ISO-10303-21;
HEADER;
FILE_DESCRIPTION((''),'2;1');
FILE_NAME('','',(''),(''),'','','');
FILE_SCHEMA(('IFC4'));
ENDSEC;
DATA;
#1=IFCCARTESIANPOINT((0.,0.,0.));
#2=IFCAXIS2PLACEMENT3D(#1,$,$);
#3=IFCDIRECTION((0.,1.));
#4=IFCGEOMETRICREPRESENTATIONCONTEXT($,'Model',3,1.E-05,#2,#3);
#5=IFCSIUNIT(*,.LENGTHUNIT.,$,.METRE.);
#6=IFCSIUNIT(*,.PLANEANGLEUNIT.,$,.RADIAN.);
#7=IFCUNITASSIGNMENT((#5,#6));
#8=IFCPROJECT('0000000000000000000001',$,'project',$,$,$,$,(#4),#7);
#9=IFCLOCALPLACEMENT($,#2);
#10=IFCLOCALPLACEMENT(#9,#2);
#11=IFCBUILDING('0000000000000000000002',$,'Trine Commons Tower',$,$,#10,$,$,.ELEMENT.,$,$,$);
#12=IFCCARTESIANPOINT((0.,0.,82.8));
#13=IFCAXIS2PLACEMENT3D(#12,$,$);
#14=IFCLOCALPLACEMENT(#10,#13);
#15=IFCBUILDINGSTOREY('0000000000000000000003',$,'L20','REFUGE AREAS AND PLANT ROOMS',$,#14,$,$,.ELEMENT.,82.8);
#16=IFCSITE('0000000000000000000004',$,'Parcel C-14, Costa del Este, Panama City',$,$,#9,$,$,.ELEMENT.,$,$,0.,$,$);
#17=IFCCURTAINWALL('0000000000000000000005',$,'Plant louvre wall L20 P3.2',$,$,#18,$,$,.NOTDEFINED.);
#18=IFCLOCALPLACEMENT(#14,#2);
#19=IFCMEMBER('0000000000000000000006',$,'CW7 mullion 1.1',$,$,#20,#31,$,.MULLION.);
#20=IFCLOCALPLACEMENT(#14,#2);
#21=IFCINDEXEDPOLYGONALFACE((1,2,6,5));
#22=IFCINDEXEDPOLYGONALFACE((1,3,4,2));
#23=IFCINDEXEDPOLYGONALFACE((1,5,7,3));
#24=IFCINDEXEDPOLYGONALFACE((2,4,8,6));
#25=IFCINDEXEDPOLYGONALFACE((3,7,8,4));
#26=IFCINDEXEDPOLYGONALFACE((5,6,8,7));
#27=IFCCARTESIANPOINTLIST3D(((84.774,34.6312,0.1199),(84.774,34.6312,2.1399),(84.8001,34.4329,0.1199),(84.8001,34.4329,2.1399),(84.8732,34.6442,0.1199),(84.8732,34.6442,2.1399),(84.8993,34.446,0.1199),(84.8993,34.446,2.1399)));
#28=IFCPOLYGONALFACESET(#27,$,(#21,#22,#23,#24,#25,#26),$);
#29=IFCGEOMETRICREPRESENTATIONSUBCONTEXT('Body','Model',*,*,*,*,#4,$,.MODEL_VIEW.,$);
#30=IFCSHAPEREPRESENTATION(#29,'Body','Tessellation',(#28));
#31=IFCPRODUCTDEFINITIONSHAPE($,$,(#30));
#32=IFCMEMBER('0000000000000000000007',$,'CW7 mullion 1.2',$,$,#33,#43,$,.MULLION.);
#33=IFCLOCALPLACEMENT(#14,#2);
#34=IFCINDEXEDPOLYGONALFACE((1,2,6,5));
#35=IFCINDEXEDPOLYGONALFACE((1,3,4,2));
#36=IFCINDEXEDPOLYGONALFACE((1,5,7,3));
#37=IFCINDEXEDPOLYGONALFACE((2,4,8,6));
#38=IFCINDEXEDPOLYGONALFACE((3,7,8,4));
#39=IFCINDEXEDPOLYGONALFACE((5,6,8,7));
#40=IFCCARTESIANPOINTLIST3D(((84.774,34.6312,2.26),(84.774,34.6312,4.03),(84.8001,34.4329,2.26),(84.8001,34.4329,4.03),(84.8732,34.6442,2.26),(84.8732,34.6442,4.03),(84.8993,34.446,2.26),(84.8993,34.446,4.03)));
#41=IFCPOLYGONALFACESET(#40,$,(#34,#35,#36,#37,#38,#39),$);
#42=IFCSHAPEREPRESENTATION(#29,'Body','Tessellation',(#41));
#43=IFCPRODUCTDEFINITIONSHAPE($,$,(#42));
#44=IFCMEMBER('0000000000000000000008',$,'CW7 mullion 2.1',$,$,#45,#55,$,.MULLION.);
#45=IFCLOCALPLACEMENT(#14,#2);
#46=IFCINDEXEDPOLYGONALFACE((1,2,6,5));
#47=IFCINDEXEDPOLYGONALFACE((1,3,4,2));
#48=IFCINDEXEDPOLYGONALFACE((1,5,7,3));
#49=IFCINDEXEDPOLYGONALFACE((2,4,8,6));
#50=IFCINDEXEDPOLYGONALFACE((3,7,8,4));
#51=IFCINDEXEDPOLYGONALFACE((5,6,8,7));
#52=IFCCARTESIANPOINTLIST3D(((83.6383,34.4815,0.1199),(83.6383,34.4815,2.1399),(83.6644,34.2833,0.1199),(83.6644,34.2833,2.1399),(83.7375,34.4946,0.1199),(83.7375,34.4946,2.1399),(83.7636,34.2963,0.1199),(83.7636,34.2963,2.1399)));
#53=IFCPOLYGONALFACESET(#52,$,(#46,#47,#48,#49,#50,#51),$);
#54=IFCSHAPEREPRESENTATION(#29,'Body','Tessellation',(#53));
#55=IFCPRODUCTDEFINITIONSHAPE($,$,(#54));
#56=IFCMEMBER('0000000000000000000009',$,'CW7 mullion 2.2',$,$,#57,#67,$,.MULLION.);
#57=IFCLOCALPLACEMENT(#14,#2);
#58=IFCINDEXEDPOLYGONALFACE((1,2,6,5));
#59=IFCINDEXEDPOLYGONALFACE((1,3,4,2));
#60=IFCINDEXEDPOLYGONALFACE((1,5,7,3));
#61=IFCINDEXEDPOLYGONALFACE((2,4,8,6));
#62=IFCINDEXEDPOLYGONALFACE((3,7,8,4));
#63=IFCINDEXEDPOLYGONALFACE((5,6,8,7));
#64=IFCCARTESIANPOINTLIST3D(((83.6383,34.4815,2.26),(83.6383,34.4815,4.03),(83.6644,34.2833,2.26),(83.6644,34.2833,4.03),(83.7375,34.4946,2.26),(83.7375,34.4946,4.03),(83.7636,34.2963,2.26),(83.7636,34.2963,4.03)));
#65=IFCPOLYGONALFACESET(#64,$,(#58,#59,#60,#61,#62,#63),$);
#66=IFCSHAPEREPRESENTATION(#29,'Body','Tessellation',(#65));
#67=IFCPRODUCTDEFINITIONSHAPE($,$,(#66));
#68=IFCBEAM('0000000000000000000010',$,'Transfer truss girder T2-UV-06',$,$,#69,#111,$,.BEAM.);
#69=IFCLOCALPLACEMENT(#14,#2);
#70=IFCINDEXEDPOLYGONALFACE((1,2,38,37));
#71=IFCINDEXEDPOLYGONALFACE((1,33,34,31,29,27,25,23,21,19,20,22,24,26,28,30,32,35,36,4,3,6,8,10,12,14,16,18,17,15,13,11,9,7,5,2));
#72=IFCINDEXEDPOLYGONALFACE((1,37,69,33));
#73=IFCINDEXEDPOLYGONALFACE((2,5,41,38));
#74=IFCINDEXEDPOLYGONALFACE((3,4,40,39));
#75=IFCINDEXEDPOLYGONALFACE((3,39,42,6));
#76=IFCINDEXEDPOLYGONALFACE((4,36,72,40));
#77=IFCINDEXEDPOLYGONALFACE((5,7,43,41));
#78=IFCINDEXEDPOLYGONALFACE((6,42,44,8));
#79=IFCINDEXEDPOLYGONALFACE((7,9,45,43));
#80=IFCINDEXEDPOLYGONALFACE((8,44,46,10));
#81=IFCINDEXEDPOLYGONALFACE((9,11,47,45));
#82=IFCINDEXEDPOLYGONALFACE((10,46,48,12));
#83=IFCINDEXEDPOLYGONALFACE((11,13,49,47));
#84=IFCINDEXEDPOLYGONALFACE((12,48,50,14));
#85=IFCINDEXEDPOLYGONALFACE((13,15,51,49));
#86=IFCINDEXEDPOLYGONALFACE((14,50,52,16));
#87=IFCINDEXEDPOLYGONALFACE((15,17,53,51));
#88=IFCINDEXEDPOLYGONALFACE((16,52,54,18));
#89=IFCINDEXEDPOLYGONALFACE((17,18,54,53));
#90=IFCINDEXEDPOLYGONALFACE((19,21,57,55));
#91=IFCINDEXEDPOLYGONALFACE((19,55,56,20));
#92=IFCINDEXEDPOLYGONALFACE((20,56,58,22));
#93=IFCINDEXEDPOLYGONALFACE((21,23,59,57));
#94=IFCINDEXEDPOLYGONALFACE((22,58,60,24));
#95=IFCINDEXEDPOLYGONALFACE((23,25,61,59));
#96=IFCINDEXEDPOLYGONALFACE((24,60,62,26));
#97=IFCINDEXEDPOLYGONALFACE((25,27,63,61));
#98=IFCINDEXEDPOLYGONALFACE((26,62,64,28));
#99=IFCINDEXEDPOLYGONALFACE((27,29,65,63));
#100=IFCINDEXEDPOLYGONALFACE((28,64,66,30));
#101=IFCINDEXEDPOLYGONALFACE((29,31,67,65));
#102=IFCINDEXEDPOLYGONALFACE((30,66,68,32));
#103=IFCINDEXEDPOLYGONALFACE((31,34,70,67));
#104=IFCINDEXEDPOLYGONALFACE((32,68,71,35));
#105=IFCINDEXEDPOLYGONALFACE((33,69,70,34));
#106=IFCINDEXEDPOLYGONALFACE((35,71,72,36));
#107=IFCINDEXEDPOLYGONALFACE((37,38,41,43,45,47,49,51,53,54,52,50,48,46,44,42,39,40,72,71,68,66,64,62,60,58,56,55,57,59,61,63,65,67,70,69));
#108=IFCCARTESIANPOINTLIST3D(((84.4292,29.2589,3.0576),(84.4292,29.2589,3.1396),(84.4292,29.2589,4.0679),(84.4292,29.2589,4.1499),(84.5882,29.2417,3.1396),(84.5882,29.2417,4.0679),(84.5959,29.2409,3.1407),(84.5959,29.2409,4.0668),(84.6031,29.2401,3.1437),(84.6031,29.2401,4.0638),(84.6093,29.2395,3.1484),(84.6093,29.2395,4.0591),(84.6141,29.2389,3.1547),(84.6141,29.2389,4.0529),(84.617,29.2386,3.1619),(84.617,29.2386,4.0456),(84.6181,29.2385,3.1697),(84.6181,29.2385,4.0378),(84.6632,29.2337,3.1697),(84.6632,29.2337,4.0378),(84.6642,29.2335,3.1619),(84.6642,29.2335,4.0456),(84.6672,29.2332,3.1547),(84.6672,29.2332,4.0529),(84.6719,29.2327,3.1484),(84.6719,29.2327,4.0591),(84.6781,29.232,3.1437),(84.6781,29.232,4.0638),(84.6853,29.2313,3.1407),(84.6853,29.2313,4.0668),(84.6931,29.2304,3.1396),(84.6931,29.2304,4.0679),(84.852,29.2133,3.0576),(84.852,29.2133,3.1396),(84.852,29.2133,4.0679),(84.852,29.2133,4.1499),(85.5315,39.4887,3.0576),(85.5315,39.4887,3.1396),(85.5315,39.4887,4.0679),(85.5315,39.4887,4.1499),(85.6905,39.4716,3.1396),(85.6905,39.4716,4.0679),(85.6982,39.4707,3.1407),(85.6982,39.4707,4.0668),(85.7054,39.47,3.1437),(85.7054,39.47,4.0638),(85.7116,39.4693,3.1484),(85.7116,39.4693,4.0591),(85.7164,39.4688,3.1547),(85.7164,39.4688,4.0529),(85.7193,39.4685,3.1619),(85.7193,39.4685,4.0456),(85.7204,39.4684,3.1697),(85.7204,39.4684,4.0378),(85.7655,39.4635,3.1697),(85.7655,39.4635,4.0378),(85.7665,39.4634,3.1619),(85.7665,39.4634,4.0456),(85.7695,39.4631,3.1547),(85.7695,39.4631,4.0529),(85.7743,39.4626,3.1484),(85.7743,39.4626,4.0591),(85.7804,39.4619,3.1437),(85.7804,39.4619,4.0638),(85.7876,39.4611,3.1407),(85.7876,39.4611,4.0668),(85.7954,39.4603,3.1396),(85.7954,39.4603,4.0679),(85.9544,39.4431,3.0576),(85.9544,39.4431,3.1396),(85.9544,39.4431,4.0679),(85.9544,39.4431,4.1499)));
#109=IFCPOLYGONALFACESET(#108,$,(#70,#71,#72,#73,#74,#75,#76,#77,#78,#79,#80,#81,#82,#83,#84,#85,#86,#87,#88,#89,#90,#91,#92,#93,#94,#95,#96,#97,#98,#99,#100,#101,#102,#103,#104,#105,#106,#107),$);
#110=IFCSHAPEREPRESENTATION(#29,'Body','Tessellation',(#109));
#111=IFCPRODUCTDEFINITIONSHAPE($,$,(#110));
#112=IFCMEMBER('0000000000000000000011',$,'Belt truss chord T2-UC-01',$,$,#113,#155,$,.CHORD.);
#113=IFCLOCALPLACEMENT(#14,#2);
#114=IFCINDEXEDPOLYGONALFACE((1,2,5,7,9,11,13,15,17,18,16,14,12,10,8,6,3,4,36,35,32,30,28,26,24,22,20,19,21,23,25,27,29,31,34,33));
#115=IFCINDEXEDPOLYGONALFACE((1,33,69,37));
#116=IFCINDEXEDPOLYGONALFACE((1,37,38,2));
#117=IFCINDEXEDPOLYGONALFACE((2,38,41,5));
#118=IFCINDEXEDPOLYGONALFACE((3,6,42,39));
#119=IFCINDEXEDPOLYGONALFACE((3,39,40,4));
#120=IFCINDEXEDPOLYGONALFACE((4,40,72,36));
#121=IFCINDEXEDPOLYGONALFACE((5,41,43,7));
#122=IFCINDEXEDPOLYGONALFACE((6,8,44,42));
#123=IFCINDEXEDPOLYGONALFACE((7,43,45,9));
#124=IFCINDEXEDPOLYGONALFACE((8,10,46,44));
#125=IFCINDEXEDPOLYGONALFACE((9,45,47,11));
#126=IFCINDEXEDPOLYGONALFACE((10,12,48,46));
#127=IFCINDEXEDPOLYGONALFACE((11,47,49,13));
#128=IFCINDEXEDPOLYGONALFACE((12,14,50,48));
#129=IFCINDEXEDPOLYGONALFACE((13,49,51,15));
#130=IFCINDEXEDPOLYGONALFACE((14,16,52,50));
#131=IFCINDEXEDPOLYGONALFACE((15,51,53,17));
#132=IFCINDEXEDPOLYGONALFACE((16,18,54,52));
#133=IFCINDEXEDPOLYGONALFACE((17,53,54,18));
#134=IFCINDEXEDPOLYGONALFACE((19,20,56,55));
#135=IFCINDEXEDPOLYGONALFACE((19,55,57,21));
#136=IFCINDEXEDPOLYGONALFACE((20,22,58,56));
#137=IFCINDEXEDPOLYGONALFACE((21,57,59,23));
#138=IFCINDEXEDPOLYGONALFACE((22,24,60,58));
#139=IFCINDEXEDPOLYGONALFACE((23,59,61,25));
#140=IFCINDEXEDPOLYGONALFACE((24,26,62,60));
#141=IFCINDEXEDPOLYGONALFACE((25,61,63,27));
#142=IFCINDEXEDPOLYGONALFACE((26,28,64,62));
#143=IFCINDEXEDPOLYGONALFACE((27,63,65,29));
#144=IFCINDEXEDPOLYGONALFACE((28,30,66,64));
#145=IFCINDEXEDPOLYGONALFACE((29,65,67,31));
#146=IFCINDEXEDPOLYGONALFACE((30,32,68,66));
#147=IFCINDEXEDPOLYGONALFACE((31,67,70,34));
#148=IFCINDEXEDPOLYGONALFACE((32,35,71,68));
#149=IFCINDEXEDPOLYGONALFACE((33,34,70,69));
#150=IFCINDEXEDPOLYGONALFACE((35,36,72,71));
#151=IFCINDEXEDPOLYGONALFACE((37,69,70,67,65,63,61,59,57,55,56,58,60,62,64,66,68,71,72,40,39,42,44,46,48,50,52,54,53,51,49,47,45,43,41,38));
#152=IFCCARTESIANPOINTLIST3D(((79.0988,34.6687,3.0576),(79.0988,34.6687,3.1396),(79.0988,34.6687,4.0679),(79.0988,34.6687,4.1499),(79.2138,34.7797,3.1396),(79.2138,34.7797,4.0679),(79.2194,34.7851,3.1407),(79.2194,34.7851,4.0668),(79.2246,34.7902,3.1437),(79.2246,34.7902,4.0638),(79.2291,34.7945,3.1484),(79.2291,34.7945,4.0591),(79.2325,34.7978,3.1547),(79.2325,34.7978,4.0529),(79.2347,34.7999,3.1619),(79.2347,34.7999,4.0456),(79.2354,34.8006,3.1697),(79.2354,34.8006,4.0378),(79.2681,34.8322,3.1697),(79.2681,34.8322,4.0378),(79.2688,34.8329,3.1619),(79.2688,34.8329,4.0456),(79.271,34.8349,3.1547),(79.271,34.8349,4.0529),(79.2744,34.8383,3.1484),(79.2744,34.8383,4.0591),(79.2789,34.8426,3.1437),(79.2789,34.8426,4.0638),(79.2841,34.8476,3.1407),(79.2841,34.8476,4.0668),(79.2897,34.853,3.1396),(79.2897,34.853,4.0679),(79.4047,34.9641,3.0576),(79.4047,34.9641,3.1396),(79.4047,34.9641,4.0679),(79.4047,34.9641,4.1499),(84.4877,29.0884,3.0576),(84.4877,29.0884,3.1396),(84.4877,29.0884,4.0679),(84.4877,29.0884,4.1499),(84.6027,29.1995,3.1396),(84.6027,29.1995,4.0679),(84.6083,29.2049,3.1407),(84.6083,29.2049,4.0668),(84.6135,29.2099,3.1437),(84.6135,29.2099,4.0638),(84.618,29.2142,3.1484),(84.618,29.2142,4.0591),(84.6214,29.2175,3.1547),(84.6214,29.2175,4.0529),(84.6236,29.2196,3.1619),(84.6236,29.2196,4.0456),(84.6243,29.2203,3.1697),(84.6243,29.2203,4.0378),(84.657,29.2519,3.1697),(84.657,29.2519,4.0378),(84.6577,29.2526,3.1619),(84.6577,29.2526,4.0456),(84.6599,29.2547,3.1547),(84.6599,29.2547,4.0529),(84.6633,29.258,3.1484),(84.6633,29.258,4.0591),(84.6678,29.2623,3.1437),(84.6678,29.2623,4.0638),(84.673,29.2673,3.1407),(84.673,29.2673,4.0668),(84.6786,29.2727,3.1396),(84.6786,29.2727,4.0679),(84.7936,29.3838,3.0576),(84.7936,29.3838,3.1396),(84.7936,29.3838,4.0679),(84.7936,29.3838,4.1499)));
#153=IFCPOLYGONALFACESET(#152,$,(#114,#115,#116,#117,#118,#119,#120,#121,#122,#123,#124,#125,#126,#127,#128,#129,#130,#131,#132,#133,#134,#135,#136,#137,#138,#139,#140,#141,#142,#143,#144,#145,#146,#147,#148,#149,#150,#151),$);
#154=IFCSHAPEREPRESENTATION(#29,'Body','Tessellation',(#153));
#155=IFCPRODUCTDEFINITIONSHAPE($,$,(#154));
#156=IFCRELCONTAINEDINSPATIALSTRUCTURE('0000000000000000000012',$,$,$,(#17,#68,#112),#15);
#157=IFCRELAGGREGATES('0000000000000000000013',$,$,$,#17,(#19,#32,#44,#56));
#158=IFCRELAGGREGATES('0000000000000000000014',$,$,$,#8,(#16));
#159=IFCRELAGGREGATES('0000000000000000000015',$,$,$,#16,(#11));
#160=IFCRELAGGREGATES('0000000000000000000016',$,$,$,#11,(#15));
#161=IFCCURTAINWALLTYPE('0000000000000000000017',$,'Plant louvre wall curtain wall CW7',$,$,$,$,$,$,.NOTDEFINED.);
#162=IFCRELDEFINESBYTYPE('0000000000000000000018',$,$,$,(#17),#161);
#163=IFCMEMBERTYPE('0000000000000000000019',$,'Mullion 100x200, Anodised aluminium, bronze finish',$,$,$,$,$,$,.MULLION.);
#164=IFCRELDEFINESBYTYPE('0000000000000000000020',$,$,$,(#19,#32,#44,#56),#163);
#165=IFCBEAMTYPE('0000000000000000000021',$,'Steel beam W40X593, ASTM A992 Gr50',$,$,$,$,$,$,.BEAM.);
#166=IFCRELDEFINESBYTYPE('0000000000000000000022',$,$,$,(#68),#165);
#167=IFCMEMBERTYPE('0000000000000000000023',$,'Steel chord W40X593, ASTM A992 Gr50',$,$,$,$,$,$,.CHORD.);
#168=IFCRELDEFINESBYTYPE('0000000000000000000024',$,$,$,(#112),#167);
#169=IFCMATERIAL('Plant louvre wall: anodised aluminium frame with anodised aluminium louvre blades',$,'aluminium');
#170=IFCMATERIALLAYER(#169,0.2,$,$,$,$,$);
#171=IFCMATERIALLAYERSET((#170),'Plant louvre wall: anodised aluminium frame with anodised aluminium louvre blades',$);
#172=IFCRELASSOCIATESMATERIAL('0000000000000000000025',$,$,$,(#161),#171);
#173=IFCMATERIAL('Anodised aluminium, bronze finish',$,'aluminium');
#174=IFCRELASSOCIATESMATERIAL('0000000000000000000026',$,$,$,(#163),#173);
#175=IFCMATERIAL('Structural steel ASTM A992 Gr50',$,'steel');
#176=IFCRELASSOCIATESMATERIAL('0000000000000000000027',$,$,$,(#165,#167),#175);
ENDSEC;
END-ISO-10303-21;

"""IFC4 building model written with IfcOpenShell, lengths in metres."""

from ifc_helpers import new_model, si_unit, direction, frame, origin, origin_2d, place, context, subcontext, project, spatial, rectangle, i_section, extrude, material, layer, layer_set, material_profile, profile_set, type_object, element, aggregate, save


model = new_model("IFC4")

# Units and contexts
model_context = context("Model", 3, precision=1e-05, world=origin(), true_north=direction((0.0, 1.0)))
body_context = subcontext(model_context, "Body", "Model", "MODEL_VIEW")
ifc_project = project(units=[si_unit("LENGTHUNIT", "METRE"), si_unit("PLANEANGLEUNIT", "RADIAN")], contexts=[model_context])

# Site, building, storey
site_placement = place(None, origin())
site = spatial("IfcSite", under=ifc_project, at=site_placement, Name="Parcel C-14, Costa del Este, Panama City", CompositionType="ELEMENT", RefElevation=0.0)
building_placement = place(site_placement, origin())
building = spatial("IfcBuilding", under=site, at=building_placement, Name="Trine Commons Tower", CompositionType="ELEMENT")
storey_placement = place(building_placement, frame((0.0, 0.0, 82.8)))
storey = spatial("IfcBuildingStorey", under=building, at=storey_placement, Name="L20", Description="REFUGE AREAS AND PLANT ROOMS", CompositionType="ELEMENT", Elevation=82.8)

# Curtain wall, members
ifc_material_1 = material(Name="Plant louvre wall: anodised aluminium frame with anodised aluminium louvre blades", Category="aluminium")
ifc_layer_1 = layer(ifc_material_1, 0.2)
ifc_layer_set_1 = layer_set([ifc_layer_1], Name="Plant louvre wall: anodised aluminium frame with anodised aluminium louvre blades")
curtain_wall_type = type_object("IfcCurtainWallType", Name="Plant louvre wall curtain wall CW7", PredefinedType="NOTDEFINED", material=ifc_layer_set_1)
curtain_wall_placement = place(storey_placement, origin())
curtain_wall = element("IfcCurtainWall", 1, at=curtain_wall_placement, inside=storey, type_object=curtain_wall_type, Name="Plant louvre wall L20 P3.2", PredefinedType="NOTDEFINED")
ifc_material_2 = material(Name="Anodised aluminium, bronze finish", Category="aluminium")
ifc_material_profile_1 = material_profile(ifc_material_2, rectangle(XDim=0.2, YDim=0.1001, at=origin_2d()), Name="Mullion 100x200")
ifc_profile_set_1 = profile_set([ifc_material_profile_1], Name="Anodised aluminium, bronze finish")
member_type_1 = type_object("IfcMemberType", Name="Mullion 100x200, Anodised aluminium, bronze finish", PredefinedType="MULLION", material=ifc_profile_set_1)
member_1_placement = place(storey_placement, frame((84.8367, 34.5386, 0.1199), z_axis=(0.0, 0.0, 1.0), x_axis=(0.130526, -0.991445, 0.0)))
member_1 = element("IfcMember", 2, at=member_1_placement, type_object=member_type_1, Name="CW7 mullion 1.1", PredefinedType="MULLION", context=body_context, shape_type="SweptSolid", body=[
    extrude(rectangle(XDim=0.2, YDim=0.1001, at=origin_2d()), origin(), (0.0, 0.0, 1.0), 2.02),
])
member_2_placement = place(storey_placement, frame((84.8367, 34.5386, 2.26), z_axis=(0.0, 0.0, 1.0), x_axis=(0.130526, -0.991445, 0.0)))
member_2 = element("IfcMember", 3, at=member_2_placement, type_object=member_type_1, Name="CW7 mullion 1.2", PredefinedType="MULLION", context=body_context, shape_type="SweptSolid", body=[
    extrude(rectangle(XDim=0.2, YDim=0.1001, at=origin_2d()), origin(), (0.0, 0.0, 1.0), 1.77),
])
member_3_placement = place(storey_placement, frame((83.7009, 34.3889, 0.1199), z_axis=(0.0, 0.0, 1.0), x_axis=(0.130526, -0.991445, 0.0)))
member_3 = element("IfcMember", 4, at=member_3_placement, type_object=member_type_1, Name="CW7 mullion 2.1", PredefinedType="MULLION", context=body_context, shape_type="SweptSolid", body=[
    extrude(rectangle(XDim=0.2, YDim=0.1001, at=origin_2d()), origin(), (0.0, 0.0, 1.0), 2.02),
])
member_4_placement = place(storey_placement, frame((83.7009, 34.3889, 2.26), z_axis=(0.0, 0.0, 1.0), x_axis=(0.130526, -0.991445, 0.0)))
member_4 = element("IfcMember", 5, at=member_4_placement, type_object=member_type_1, Name="CW7 mullion 2.2", PredefinedType="MULLION", context=body_context, shape_type="SweptSolid", body=[
    extrude(rectangle(XDim=0.2, YDim=0.1001, at=origin_2d()), origin(), (0.0, 0.0, 1.0), 1.77),
])

# Beam
ifc_material_3 = material(Name="Structural steel ASTM A992 Gr50", Category="steel")
ifc_material_profile_2 = material_profile(ifc_material_3, i_section(OverallWidth=0.4253, OverallDepth=1.0923, WebThickness=0.0454, FlangeThickness=0.082, FilletRadius=0.03, at=origin_2d()), Name="W40X593")
ifc_profile_set_2 = profile_set([ifc_material_profile_2], Name="Structural steel ASTM A992 Gr50")
beam_type = type_object("IfcBeamType", Name="Steel beam W40X593, ASTM A992 Gr50", PredefinedType="BEAM", material=ifc_profile_set_2)
beam_placement = place(storey_placement, frame((84.6406, 29.2361, 3.6038), z_axis=(0.107134, 0.994245, 0.0), x_axis=(-0.994245, 0.107134, 0.0)))
element("IfcBeam", 6, at=beam_placement, inside=storey, type_object=beam_type, Name="Transfer truss girder T2-UV-06", PredefinedType="BEAM", context=body_context, shape_type="SweptSolid", body=[
    extrude(i_section(OverallWidth=0.4253, OverallDepth=1.0923, WebThickness=0.0454, FlangeThickness=0.082, FilletRadius=0.03, at=origin_2d()), origin(), (0.0, 0.0, 1.0), 10.2891),
])

# Member
ifc_material_profile_3 = material_profile(ifc_material_3, i_section(OverallWidth=0.4253, OverallDepth=1.0923, WebThickness=0.0454, FlangeThickness=0.082, FilletRadius=0.03, at=origin_2d()), Name="W40X593")
ifc_profile_set_3 = profile_set([ifc_material_profile_3], Name="Structural steel ASTM A992 Gr50")
member_type_2 = type_object("IfcMemberType", Name="Steel chord W40X593, ASTM A992 Gr50", PredefinedType="CHORD", material=ifc_profile_set_3)
member_5_placement = place(storey_placement, frame((84.6406, 29.2361, 3.6038), z_axis=(-0.694662, 0.719336, 0.0), x_axis=(-0.719336, -0.694662, 0.0)))
element("IfcMember", 7, at=member_5_placement, inside=storey, type_object=member_type_2, Name="Belt truss chord T2-UC-01", PredefinedType="CHORD", context=body_context, shape_type="SweptSolid", body=[
    extrude(i_section(OverallWidth=0.4253, OverallDepth=1.0923, WebThickness=0.0454, FlangeThickness=0.082, FilletRadius=0.03, at=origin_2d()), origin(), (0.0, 0.0, 1.0), 7.7576),
])

aggregate(curtain_wall, [member_1, member_2, member_3, member_4])

save(model, "model.ifc")
